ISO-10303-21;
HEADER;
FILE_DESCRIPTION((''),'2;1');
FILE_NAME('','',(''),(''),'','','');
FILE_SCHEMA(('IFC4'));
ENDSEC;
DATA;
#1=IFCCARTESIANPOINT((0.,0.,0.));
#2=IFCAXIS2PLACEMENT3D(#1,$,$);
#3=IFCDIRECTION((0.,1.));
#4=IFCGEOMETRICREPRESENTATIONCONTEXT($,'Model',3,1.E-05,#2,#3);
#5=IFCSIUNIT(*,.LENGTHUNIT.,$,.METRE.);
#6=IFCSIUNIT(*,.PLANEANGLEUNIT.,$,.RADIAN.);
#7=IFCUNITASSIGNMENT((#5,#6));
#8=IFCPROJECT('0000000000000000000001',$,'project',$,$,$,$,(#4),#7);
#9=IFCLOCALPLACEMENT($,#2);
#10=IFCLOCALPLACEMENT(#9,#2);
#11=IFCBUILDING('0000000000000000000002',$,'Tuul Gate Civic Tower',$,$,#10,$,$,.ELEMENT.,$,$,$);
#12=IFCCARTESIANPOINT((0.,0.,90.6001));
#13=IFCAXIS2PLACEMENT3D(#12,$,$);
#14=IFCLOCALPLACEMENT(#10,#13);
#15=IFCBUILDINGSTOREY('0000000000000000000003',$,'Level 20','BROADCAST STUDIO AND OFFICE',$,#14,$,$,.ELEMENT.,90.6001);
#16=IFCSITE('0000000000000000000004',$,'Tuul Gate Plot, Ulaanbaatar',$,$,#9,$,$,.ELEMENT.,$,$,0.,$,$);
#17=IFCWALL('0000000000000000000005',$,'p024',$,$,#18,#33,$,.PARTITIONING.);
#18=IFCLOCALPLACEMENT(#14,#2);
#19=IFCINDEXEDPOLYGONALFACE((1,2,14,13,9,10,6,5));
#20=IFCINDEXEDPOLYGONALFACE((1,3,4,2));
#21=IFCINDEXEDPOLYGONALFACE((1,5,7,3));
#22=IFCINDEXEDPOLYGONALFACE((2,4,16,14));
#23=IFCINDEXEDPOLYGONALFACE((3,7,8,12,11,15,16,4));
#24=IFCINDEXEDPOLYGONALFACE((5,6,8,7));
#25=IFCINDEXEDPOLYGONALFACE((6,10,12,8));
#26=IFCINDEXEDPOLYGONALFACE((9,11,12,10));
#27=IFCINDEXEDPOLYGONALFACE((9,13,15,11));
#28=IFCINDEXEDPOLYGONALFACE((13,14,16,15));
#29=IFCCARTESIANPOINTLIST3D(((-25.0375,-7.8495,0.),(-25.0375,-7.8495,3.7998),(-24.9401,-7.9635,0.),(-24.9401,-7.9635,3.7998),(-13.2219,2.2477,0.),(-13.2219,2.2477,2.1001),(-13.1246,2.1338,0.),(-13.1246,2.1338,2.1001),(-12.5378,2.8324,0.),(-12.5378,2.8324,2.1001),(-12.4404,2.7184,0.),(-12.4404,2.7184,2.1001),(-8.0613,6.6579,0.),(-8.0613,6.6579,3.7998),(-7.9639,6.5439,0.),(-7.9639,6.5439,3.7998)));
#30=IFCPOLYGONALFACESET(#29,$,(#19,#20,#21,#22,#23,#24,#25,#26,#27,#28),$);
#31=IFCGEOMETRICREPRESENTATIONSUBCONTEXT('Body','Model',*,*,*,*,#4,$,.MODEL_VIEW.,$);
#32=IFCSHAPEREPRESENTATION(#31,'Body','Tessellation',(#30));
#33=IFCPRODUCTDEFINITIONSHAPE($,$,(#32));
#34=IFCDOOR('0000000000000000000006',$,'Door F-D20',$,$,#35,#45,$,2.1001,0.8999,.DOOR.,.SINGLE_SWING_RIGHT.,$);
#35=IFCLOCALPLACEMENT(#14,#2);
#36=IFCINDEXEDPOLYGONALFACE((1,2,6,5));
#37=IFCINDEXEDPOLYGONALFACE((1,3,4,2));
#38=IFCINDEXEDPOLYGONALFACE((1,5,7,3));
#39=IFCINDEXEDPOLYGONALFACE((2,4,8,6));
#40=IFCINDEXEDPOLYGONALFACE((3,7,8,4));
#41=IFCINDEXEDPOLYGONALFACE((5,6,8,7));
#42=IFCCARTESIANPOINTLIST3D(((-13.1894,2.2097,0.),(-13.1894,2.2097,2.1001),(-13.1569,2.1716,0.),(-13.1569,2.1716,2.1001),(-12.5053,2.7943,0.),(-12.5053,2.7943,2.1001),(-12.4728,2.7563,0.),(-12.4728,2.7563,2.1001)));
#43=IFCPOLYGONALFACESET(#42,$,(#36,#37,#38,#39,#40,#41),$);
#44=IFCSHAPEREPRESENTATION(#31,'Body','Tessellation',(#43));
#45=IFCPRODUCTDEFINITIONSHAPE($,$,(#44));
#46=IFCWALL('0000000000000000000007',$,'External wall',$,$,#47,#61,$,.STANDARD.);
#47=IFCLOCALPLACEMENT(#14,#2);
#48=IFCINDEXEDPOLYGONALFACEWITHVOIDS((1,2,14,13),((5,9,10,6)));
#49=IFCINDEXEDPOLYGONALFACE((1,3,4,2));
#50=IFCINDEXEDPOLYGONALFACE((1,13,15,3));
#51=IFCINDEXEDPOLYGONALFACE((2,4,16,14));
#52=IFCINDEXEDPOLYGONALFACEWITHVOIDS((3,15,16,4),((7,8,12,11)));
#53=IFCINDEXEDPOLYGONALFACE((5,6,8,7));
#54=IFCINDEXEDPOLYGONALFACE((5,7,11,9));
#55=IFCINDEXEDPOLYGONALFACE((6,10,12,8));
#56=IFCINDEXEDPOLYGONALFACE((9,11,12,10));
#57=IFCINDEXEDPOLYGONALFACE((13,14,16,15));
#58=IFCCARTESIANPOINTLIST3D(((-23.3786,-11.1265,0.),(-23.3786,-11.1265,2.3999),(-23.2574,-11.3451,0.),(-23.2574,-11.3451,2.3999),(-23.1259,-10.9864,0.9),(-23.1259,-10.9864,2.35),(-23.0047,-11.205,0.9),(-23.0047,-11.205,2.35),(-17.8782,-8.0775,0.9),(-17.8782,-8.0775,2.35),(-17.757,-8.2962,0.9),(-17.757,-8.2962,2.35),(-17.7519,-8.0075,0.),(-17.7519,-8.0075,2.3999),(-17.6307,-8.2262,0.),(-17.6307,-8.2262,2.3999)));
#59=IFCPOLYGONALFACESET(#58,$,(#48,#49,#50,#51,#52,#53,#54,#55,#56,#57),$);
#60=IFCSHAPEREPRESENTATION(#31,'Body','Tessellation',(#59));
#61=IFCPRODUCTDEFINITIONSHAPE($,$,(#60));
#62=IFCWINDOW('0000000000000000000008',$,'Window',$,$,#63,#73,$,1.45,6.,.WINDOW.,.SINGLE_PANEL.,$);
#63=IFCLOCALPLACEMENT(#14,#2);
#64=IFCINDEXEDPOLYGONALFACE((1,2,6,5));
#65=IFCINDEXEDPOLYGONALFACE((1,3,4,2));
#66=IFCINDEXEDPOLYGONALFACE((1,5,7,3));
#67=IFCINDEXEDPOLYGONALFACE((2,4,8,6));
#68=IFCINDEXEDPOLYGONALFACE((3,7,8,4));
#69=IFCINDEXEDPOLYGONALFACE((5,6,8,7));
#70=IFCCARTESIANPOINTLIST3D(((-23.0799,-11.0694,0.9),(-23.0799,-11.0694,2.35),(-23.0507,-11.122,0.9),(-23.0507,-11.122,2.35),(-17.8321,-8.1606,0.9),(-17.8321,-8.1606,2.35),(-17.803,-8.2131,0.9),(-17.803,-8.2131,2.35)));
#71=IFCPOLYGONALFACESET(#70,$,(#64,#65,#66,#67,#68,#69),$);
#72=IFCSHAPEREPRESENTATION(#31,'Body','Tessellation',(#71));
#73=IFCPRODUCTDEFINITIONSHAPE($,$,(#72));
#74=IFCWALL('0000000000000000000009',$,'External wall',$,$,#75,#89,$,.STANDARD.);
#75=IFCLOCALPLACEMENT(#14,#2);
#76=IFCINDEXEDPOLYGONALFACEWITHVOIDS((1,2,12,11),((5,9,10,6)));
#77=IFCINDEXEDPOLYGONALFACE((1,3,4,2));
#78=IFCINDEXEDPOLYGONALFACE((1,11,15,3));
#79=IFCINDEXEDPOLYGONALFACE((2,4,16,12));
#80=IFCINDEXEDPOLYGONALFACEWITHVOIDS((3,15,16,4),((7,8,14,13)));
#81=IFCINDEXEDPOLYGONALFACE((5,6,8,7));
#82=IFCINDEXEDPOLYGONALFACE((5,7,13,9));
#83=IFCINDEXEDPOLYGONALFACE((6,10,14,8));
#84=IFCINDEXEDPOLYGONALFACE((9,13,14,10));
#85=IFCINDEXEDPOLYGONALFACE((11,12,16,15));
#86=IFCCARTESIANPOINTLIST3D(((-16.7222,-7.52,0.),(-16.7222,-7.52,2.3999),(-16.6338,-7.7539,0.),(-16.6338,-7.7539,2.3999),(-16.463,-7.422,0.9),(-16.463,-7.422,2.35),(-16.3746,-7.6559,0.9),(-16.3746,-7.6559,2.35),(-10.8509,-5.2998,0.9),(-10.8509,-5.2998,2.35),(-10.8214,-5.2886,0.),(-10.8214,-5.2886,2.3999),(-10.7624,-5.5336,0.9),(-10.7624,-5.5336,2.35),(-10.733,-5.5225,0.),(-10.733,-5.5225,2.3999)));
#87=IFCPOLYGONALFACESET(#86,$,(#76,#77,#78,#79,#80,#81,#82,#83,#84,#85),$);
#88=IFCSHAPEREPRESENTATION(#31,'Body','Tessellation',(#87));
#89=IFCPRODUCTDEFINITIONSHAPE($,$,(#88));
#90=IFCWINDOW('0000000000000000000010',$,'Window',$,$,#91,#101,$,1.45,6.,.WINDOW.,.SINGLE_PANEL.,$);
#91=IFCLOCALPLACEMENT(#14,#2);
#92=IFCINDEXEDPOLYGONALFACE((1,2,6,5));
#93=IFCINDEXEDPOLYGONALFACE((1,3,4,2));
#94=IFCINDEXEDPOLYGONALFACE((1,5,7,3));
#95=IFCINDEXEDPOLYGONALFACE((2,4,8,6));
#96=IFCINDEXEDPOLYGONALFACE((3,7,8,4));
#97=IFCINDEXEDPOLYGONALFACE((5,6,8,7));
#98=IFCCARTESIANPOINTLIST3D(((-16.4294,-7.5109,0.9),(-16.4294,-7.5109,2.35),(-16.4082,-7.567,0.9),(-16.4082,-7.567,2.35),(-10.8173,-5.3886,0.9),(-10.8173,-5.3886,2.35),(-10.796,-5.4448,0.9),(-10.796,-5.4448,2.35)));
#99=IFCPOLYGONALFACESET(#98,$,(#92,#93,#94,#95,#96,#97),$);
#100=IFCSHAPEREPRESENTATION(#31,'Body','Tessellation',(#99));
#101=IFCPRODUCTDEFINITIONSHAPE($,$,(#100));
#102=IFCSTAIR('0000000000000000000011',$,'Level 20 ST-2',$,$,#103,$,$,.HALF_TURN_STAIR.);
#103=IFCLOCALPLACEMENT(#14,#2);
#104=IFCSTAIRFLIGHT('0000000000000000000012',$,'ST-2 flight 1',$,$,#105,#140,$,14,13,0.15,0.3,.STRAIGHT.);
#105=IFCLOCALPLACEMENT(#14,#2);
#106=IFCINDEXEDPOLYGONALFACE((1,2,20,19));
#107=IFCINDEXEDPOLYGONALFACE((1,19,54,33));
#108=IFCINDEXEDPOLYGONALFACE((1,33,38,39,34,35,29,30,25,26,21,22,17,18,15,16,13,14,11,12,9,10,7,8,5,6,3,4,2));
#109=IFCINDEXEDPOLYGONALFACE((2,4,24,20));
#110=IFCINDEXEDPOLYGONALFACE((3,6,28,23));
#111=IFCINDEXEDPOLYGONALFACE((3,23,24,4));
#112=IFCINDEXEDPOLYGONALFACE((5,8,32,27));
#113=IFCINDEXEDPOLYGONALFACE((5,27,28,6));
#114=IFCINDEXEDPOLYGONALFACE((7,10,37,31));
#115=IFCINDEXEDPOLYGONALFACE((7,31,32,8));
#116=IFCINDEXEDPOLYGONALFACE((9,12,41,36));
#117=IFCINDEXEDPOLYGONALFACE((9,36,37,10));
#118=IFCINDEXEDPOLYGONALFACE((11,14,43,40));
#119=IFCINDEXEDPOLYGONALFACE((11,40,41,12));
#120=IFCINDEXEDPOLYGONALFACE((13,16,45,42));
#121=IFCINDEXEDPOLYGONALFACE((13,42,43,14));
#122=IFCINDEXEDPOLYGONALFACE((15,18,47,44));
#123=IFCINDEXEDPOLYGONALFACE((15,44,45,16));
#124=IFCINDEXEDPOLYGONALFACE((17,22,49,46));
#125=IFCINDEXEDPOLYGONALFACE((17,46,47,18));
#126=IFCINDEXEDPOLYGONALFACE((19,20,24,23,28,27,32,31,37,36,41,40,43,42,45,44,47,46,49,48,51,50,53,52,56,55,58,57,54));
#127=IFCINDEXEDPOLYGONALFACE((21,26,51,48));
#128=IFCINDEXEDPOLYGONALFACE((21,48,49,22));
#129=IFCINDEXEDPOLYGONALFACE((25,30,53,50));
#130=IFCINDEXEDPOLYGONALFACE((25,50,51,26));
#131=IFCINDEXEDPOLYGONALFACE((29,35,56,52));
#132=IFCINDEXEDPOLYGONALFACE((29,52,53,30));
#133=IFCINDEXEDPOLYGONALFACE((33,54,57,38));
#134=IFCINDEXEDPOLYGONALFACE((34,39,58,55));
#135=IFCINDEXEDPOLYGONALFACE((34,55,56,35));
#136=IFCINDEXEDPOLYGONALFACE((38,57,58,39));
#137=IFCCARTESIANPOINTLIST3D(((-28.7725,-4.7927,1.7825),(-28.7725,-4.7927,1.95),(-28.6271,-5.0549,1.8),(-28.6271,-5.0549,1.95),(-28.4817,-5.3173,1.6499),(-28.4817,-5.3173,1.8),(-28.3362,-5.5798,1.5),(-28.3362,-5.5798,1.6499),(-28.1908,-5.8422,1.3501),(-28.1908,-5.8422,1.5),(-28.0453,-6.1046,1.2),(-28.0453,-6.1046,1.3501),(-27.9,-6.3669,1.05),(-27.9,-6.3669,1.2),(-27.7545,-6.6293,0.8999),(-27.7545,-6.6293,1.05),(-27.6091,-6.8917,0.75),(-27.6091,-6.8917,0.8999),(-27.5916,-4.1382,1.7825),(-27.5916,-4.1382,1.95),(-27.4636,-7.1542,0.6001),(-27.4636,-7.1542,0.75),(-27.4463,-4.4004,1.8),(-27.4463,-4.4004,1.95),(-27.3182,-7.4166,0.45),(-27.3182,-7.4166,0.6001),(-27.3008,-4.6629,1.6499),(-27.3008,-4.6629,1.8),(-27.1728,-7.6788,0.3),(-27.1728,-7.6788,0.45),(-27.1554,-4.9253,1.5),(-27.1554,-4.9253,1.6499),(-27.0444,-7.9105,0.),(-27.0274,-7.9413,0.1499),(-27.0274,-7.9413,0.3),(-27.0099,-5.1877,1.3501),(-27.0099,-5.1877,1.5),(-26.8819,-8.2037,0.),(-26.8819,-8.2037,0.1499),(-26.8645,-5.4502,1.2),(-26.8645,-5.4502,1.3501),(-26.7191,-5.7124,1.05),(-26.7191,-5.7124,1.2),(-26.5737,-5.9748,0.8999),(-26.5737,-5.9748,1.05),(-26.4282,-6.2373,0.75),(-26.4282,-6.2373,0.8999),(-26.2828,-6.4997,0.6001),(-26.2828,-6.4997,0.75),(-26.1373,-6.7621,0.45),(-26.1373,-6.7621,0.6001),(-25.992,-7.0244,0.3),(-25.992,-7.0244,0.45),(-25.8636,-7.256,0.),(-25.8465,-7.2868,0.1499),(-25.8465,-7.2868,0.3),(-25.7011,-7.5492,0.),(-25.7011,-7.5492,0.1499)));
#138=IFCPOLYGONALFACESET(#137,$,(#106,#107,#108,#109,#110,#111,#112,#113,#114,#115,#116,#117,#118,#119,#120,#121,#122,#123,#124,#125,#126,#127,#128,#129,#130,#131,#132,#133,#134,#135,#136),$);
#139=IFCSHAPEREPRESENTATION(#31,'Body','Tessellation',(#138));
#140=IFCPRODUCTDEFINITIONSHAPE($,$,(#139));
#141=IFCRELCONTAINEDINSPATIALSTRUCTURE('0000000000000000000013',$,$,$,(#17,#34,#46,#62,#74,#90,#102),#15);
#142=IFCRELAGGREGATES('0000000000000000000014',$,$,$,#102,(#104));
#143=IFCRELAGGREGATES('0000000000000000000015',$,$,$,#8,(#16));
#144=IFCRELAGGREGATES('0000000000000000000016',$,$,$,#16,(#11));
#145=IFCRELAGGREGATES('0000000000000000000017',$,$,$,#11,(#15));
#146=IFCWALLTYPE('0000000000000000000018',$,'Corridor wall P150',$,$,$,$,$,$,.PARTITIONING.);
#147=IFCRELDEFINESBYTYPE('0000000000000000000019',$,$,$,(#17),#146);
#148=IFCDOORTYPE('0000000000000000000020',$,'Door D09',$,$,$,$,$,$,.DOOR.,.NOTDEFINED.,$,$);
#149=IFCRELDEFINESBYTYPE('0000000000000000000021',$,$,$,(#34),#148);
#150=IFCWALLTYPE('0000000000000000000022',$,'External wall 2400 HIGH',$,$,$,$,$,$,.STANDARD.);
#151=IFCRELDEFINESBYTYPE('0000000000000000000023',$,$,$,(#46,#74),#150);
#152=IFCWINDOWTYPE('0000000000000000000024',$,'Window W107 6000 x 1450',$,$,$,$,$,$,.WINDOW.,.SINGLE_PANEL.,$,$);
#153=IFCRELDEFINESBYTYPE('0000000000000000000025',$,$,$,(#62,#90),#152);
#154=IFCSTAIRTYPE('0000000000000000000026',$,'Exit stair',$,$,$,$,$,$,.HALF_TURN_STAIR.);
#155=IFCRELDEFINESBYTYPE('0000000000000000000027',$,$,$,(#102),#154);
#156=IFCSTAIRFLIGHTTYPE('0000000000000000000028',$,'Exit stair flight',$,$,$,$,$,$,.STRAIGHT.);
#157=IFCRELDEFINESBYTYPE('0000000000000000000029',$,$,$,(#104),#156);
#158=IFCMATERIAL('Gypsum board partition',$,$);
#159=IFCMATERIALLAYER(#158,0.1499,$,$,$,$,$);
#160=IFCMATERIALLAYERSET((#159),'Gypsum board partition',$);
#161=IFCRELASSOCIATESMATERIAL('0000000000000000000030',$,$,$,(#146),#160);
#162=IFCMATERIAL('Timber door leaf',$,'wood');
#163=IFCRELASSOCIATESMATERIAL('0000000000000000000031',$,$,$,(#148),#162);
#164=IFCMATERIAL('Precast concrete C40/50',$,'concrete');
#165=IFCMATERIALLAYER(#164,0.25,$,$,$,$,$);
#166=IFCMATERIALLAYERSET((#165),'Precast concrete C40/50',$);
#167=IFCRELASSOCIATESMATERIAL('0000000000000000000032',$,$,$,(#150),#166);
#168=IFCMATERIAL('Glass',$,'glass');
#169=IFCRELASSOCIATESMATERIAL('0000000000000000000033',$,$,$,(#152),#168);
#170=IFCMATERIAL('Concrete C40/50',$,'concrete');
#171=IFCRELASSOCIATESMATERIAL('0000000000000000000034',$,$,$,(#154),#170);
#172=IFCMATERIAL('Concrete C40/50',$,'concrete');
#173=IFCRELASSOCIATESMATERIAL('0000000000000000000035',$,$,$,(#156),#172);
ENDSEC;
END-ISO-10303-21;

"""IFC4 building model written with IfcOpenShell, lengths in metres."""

from ifc_helpers import new_model, si_unit, direction, frame, frame_2d, origin, place, context, subcontext, project, spatial, polyline, rectangle, outline, extrude, material, layer, layer_set, type_object, element, fill, aggregate, save


model = new_model("IFC4")

# Units and contexts
model_context = context("Model", 3, precision=1e-05, world=origin(), true_north=direction((0.0, 1.0)))
body_context = subcontext(model_context, "Body", "Model", "MODEL_VIEW")
ifc_project = project(units=[si_unit("LENGTHUNIT", "METRE"), si_unit("PLANEANGLEUNIT", "RADIAN")], contexts=[model_context])

# Site, building, storey
site_placement = place(None, origin())
site = spatial("IfcSite", under=ifc_project, at=site_placement, Name="Tuul Gate Plot, Ulaanbaatar", CompositionType="ELEMENT", RefElevation=0.0)
building_placement = place(site_placement, origin())
building = spatial("IfcBuilding", under=site, at=building_placement, Name="Tuul Gate Civic Tower", CompositionType="ELEMENT")
storey_placement = place(building_placement, frame((0.0, 0.0, 90.6001)))
storey = spatial("IfcBuildingStorey", under=building, at=storey_placement, Name="Level 20", Description="BROADCAST STUDIO AND OFFICE", CompositionType="ELEMENT", Elevation=90.6001)

# Wall, opening, door
ifc_material_1 = material(Name="Gypsum board partition")
ifc_layer_1 = layer(ifc_material_1, 0.1499)
ifc_layer_set_1 = layer_set([ifc_layer_1], Name="Gypsum board partition")
wall_type_1 = type_object("IfcWallType", Name="Corridor wall P150", PredefinedType="PARTITIONING", material=ifc_layer_set_1)
wall_1_placement = place(storey_placement, frame((-24.9888, -7.9065, 0.0), z_axis=(0.0, 0.0, 1.0), x_axis=(0.76022, 0.649665, 0.0)))
wall_1 = element("IfcWall", 1, at=wall_1_placement, inside=storey, type_object=wall_type_1, Name="p024", PredefinedType="PARTITIONING", context=body_context, shape_type="SweptSolid", body=[
    extrude(rectangle(XDim=22.3306, YDim=0.1499, at=frame_2d((11.1653, 0.0))), origin(), (0.0, 0.0, 1.0), 3.7998),
])
opening_1_placement = place(wall_1_placement, frame((15.5422, 0.0, 0.0)))
opening_1 = element("IfcOpeningElement", 2, at=opening_1_placement, cuts=wall_1, PredefinedType="OPENING", context=body_context, shape_type="SweptSolid", body=[
    extrude(rectangle(XDim=0.8999, YDim=2.1001, at=frame_2d((0.45, 1.05))), frame((0.0, 0.085, 0.0), z_axis=(0.0, -1.0, 0.0), x_axis=(1.0, 0.0, 0.0)), (0.0, 0.0, 1.0), 0.1699),
])
ifc_material_2 = material(Name="Timber door leaf", Category="wood")
door_type = type_object("IfcDoorType", Name="Door D09", OperationType="NOTDEFINED", PredefinedType="DOOR", material=ifc_material_2)
door_placement = place(opening_1_placement, origin())
door = element("IfcDoor", 3, at=door_placement, inside=storey, type_object=door_type, Name="Door F-D20", OperationType="SINGLE_SWING_RIGHT", OverallHeight=2.1001, OverallWidth=0.8999, PredefinedType="DOOR", context=body_context, shape_type="SweptSolid", body=[
    extrude(rectangle(XDim=0.8999, YDim=2.1001, at=frame_2d((0.45, 1.05))), frame((0.0, 0.0249, 0.0), z_axis=(0.0, -1.0, 0.0), x_axis=(1.0, 0.0, 0.0)), (0.0, 0.0, 1.0), 0.05),
])
fill(opening_1, door)

# Walls, openings, windows
ifc_material_3 = material(Name="Precast concrete C40/50", Category="concrete")
ifc_layer_2 = layer(ifc_material_3, 0.25)
ifc_layer_set_2 = layer_set([ifc_layer_2], Name="Precast concrete C40/50")
wall_type_2 = type_object("IfcWallType", Name="External wall 2400 HIGH", PredefinedType="STANDARD", material=ifc_layer_set_2)
wall_2_placement = place(storey_placement, frame((-23.3181, -11.2358, 0.0), z_axis=(0.0, 0.0, 1.0), x_axis=(0.874622, 0.484805, 0.0)))
wall_2 = element("IfcWall", 4, at=wall_2_placement, inside=storey, type_object=wall_type_2, Name="External wall", PredefinedType="STANDARD", context=body_context, shape_type="SweptSolid", body=[
    extrude(rectangle(XDim=6.4333, YDim=0.25, at=frame_2d((3.2168, 0.0))), origin(), (0.0, 0.0, 1.0), 2.3999),
])
opening_2_placement = place(wall_2_placement, frame((0.2891, 0.0, 0.8999)))
opening_2 = element("IfcOpeningElement", 5, at=opening_2_placement, cuts=wall_2, PredefinedType="OPENING", context=body_context, shape_type="SweptSolid", body=[
    extrude(rectangle(XDim=6.0, YDim=1.45, at=frame_2d((3.0, 0.7251))), frame((0.0, 0.135, 0.0), z_axis=(0.0, -1.0, 0.0), x_axis=(1.0, 0.0, 0.0)), (0.0, 0.0, 1.0), 0.27),
])
ifc_material_4 = material(Name="Glass", Category="glass")
window_type = type_object("IfcWindowType", Name="Window W107 6000 x 1450", PartitioningType="SINGLE_PANEL", PredefinedType="WINDOW", material=ifc_material_4)
window_1_placement = place(opening_2_placement, origin())
window_1 = element("IfcWindow", 6, at=window_1_placement, inside=storey, type_object=window_type, Name="Window", OverallHeight=1.45, OverallWidth=6.0, PartitioningType="SINGLE_PANEL", PredefinedType="WINDOW", context=body_context, shape_type="SweptSolid", body=[
    extrude(rectangle(XDim=6.0, YDim=1.45, at=frame_2d((3.0, 0.7251))), frame((0.0, 0.03, 0.0), z_axis=(0.0, -1.0, 0.0), x_axis=(1.0, 0.0, 0.0)), (0.0, 0.0, 1.0), 0.0601),
])
fill(opening_2, window_1)
wall_3_placement = place(storey_placement, frame((-16.678, -7.637, 0.0), z_axis=(0.0, 0.0, 1.0), x_axis=(0.935355, 0.353709, 0.0)))
wall_3 = element("IfcWall", 7, at=wall_3_placement, inside=storey, type_object=wall_type_2, Name="External wall", PredefinedType="STANDARD", context=body_context, shape_type="SweptSolid", body=[
    extrude(rectangle(XDim=6.3086, YDim=0.25, at=frame_2d((3.1543, 0.0))), origin(), (0.0, 0.0, 1.0), 2.3999),
])
opening_3_placement = place(wall_3_placement, frame((0.2771, 0.0, 0.8999)))
opening_3 = element("IfcOpeningElement", 8, at=opening_3_placement, cuts=wall_3, PredefinedType="OPENING", context=body_context, shape_type="SweptSolid", body=[
    extrude(rectangle(XDim=6.0, YDim=1.45, at=frame_2d((3.0, 0.7251))), frame((0.0, 0.135, 0.0), z_axis=(0.0, -1.0, 0.0), x_axis=(1.0, 0.0, 0.0)), (0.0, 0.0, 1.0), 0.27),
])
window_2_placement = place(opening_3_placement, origin())
window_2 = element("IfcWindow", 9, at=window_2_placement, inside=storey, type_object=window_type, Name="Window", OverallHeight=1.45, OverallWidth=6.0, PartitioningType="SINGLE_PANEL", PredefinedType="WINDOW", context=body_context, shape_type="SweptSolid", body=[
    extrude(rectangle(XDim=6.0, YDim=1.45, at=frame_2d((3.0, 0.7251))), frame((0.0, 0.03, 0.0), z_axis=(0.0, -1.0, 0.0), x_axis=(1.0, 0.0, 0.0)), (0.0, 0.0, 1.0), 0.0601),
])
fill(opening_3, window_2)

# Stair, stair flight
ifc_material_5 = material(Name="Concrete C40/50", Category="concrete")
stair_type = type_object("IfcStairType", Name="Exit stair", PredefinedType="HALF_TURN_STAIR", material=ifc_material_5)
stair_placement = place(storey_placement, origin())
stair = element("IfcStair", 10, at=stair_placement, inside=storey, type_object=stair_type, Name="Level 20 ST-2", PredefinedType="HALF_TURN_STAIR")
ifc_material_6 = material(Name="Concrete C40/50", Category="concrete")
stair_flight_type = type_object("IfcStairFlightType", Name="Exit stair flight", PredefinedType="STRAIGHT", material=ifc_material_6)
stair_flight_placement = place(storey_placement, frame((-26.2915, -7.8765, 0.0), z_axis=(0.0, 0.0, 1.0), x_axis=(-0.484762, 0.874646, 0.0)))
stair_flight = element("IfcStairFlight", 11, at=stair_flight_placement, type_object=stair_flight_type, Name="ST-2 flight 1", NumberOfRisers=14, NumberOfTreads=13, PredefinedType="STRAIGHT", RiserHeight=0.15, TreadLength=0.3, context=body_context, shape_type="SweptSolid", body=[
    extrude(outline(polyline([(0.0, 0.0), (0.0, 0.1499), (0.3, 0.1499), (0.3, 0.3), (0.6001, 0.3), (0.6001, 0.45), (0.8999, 0.45), (0.8999, 0.6001), (1.2, 0.6001), (1.2, 0.75), (1.5, 0.75), (1.5, 0.8999), (1.8, 0.8999), (1.8, 1.05), (2.1001, 1.05), (2.1001, 1.2), (2.3999, 1.2), (2.3999, 1.3501), (2.7, 1.3501), (2.7, 1.5), (3.0, 1.5), (3.0, 1.6499), (3.3, 1.6499), (3.3, 1.8), (3.6001, 1.8), (3.6001, 1.95), (3.8999, 1.95), (3.8999, 2.1001), (3.8999, 1.7825), (0.3352, 0.0), (0.0, 0.0)])), frame((0.0, 0.675, 0.0), z_axis=(0.0, -1.0, 0.0), x_axis=(1.0, 0.0, 0.0)), (0.0, 0.0, 1.0), 1.3501),
])
aggregate(stair, [stair_flight])

save(model, "model.ifc")
